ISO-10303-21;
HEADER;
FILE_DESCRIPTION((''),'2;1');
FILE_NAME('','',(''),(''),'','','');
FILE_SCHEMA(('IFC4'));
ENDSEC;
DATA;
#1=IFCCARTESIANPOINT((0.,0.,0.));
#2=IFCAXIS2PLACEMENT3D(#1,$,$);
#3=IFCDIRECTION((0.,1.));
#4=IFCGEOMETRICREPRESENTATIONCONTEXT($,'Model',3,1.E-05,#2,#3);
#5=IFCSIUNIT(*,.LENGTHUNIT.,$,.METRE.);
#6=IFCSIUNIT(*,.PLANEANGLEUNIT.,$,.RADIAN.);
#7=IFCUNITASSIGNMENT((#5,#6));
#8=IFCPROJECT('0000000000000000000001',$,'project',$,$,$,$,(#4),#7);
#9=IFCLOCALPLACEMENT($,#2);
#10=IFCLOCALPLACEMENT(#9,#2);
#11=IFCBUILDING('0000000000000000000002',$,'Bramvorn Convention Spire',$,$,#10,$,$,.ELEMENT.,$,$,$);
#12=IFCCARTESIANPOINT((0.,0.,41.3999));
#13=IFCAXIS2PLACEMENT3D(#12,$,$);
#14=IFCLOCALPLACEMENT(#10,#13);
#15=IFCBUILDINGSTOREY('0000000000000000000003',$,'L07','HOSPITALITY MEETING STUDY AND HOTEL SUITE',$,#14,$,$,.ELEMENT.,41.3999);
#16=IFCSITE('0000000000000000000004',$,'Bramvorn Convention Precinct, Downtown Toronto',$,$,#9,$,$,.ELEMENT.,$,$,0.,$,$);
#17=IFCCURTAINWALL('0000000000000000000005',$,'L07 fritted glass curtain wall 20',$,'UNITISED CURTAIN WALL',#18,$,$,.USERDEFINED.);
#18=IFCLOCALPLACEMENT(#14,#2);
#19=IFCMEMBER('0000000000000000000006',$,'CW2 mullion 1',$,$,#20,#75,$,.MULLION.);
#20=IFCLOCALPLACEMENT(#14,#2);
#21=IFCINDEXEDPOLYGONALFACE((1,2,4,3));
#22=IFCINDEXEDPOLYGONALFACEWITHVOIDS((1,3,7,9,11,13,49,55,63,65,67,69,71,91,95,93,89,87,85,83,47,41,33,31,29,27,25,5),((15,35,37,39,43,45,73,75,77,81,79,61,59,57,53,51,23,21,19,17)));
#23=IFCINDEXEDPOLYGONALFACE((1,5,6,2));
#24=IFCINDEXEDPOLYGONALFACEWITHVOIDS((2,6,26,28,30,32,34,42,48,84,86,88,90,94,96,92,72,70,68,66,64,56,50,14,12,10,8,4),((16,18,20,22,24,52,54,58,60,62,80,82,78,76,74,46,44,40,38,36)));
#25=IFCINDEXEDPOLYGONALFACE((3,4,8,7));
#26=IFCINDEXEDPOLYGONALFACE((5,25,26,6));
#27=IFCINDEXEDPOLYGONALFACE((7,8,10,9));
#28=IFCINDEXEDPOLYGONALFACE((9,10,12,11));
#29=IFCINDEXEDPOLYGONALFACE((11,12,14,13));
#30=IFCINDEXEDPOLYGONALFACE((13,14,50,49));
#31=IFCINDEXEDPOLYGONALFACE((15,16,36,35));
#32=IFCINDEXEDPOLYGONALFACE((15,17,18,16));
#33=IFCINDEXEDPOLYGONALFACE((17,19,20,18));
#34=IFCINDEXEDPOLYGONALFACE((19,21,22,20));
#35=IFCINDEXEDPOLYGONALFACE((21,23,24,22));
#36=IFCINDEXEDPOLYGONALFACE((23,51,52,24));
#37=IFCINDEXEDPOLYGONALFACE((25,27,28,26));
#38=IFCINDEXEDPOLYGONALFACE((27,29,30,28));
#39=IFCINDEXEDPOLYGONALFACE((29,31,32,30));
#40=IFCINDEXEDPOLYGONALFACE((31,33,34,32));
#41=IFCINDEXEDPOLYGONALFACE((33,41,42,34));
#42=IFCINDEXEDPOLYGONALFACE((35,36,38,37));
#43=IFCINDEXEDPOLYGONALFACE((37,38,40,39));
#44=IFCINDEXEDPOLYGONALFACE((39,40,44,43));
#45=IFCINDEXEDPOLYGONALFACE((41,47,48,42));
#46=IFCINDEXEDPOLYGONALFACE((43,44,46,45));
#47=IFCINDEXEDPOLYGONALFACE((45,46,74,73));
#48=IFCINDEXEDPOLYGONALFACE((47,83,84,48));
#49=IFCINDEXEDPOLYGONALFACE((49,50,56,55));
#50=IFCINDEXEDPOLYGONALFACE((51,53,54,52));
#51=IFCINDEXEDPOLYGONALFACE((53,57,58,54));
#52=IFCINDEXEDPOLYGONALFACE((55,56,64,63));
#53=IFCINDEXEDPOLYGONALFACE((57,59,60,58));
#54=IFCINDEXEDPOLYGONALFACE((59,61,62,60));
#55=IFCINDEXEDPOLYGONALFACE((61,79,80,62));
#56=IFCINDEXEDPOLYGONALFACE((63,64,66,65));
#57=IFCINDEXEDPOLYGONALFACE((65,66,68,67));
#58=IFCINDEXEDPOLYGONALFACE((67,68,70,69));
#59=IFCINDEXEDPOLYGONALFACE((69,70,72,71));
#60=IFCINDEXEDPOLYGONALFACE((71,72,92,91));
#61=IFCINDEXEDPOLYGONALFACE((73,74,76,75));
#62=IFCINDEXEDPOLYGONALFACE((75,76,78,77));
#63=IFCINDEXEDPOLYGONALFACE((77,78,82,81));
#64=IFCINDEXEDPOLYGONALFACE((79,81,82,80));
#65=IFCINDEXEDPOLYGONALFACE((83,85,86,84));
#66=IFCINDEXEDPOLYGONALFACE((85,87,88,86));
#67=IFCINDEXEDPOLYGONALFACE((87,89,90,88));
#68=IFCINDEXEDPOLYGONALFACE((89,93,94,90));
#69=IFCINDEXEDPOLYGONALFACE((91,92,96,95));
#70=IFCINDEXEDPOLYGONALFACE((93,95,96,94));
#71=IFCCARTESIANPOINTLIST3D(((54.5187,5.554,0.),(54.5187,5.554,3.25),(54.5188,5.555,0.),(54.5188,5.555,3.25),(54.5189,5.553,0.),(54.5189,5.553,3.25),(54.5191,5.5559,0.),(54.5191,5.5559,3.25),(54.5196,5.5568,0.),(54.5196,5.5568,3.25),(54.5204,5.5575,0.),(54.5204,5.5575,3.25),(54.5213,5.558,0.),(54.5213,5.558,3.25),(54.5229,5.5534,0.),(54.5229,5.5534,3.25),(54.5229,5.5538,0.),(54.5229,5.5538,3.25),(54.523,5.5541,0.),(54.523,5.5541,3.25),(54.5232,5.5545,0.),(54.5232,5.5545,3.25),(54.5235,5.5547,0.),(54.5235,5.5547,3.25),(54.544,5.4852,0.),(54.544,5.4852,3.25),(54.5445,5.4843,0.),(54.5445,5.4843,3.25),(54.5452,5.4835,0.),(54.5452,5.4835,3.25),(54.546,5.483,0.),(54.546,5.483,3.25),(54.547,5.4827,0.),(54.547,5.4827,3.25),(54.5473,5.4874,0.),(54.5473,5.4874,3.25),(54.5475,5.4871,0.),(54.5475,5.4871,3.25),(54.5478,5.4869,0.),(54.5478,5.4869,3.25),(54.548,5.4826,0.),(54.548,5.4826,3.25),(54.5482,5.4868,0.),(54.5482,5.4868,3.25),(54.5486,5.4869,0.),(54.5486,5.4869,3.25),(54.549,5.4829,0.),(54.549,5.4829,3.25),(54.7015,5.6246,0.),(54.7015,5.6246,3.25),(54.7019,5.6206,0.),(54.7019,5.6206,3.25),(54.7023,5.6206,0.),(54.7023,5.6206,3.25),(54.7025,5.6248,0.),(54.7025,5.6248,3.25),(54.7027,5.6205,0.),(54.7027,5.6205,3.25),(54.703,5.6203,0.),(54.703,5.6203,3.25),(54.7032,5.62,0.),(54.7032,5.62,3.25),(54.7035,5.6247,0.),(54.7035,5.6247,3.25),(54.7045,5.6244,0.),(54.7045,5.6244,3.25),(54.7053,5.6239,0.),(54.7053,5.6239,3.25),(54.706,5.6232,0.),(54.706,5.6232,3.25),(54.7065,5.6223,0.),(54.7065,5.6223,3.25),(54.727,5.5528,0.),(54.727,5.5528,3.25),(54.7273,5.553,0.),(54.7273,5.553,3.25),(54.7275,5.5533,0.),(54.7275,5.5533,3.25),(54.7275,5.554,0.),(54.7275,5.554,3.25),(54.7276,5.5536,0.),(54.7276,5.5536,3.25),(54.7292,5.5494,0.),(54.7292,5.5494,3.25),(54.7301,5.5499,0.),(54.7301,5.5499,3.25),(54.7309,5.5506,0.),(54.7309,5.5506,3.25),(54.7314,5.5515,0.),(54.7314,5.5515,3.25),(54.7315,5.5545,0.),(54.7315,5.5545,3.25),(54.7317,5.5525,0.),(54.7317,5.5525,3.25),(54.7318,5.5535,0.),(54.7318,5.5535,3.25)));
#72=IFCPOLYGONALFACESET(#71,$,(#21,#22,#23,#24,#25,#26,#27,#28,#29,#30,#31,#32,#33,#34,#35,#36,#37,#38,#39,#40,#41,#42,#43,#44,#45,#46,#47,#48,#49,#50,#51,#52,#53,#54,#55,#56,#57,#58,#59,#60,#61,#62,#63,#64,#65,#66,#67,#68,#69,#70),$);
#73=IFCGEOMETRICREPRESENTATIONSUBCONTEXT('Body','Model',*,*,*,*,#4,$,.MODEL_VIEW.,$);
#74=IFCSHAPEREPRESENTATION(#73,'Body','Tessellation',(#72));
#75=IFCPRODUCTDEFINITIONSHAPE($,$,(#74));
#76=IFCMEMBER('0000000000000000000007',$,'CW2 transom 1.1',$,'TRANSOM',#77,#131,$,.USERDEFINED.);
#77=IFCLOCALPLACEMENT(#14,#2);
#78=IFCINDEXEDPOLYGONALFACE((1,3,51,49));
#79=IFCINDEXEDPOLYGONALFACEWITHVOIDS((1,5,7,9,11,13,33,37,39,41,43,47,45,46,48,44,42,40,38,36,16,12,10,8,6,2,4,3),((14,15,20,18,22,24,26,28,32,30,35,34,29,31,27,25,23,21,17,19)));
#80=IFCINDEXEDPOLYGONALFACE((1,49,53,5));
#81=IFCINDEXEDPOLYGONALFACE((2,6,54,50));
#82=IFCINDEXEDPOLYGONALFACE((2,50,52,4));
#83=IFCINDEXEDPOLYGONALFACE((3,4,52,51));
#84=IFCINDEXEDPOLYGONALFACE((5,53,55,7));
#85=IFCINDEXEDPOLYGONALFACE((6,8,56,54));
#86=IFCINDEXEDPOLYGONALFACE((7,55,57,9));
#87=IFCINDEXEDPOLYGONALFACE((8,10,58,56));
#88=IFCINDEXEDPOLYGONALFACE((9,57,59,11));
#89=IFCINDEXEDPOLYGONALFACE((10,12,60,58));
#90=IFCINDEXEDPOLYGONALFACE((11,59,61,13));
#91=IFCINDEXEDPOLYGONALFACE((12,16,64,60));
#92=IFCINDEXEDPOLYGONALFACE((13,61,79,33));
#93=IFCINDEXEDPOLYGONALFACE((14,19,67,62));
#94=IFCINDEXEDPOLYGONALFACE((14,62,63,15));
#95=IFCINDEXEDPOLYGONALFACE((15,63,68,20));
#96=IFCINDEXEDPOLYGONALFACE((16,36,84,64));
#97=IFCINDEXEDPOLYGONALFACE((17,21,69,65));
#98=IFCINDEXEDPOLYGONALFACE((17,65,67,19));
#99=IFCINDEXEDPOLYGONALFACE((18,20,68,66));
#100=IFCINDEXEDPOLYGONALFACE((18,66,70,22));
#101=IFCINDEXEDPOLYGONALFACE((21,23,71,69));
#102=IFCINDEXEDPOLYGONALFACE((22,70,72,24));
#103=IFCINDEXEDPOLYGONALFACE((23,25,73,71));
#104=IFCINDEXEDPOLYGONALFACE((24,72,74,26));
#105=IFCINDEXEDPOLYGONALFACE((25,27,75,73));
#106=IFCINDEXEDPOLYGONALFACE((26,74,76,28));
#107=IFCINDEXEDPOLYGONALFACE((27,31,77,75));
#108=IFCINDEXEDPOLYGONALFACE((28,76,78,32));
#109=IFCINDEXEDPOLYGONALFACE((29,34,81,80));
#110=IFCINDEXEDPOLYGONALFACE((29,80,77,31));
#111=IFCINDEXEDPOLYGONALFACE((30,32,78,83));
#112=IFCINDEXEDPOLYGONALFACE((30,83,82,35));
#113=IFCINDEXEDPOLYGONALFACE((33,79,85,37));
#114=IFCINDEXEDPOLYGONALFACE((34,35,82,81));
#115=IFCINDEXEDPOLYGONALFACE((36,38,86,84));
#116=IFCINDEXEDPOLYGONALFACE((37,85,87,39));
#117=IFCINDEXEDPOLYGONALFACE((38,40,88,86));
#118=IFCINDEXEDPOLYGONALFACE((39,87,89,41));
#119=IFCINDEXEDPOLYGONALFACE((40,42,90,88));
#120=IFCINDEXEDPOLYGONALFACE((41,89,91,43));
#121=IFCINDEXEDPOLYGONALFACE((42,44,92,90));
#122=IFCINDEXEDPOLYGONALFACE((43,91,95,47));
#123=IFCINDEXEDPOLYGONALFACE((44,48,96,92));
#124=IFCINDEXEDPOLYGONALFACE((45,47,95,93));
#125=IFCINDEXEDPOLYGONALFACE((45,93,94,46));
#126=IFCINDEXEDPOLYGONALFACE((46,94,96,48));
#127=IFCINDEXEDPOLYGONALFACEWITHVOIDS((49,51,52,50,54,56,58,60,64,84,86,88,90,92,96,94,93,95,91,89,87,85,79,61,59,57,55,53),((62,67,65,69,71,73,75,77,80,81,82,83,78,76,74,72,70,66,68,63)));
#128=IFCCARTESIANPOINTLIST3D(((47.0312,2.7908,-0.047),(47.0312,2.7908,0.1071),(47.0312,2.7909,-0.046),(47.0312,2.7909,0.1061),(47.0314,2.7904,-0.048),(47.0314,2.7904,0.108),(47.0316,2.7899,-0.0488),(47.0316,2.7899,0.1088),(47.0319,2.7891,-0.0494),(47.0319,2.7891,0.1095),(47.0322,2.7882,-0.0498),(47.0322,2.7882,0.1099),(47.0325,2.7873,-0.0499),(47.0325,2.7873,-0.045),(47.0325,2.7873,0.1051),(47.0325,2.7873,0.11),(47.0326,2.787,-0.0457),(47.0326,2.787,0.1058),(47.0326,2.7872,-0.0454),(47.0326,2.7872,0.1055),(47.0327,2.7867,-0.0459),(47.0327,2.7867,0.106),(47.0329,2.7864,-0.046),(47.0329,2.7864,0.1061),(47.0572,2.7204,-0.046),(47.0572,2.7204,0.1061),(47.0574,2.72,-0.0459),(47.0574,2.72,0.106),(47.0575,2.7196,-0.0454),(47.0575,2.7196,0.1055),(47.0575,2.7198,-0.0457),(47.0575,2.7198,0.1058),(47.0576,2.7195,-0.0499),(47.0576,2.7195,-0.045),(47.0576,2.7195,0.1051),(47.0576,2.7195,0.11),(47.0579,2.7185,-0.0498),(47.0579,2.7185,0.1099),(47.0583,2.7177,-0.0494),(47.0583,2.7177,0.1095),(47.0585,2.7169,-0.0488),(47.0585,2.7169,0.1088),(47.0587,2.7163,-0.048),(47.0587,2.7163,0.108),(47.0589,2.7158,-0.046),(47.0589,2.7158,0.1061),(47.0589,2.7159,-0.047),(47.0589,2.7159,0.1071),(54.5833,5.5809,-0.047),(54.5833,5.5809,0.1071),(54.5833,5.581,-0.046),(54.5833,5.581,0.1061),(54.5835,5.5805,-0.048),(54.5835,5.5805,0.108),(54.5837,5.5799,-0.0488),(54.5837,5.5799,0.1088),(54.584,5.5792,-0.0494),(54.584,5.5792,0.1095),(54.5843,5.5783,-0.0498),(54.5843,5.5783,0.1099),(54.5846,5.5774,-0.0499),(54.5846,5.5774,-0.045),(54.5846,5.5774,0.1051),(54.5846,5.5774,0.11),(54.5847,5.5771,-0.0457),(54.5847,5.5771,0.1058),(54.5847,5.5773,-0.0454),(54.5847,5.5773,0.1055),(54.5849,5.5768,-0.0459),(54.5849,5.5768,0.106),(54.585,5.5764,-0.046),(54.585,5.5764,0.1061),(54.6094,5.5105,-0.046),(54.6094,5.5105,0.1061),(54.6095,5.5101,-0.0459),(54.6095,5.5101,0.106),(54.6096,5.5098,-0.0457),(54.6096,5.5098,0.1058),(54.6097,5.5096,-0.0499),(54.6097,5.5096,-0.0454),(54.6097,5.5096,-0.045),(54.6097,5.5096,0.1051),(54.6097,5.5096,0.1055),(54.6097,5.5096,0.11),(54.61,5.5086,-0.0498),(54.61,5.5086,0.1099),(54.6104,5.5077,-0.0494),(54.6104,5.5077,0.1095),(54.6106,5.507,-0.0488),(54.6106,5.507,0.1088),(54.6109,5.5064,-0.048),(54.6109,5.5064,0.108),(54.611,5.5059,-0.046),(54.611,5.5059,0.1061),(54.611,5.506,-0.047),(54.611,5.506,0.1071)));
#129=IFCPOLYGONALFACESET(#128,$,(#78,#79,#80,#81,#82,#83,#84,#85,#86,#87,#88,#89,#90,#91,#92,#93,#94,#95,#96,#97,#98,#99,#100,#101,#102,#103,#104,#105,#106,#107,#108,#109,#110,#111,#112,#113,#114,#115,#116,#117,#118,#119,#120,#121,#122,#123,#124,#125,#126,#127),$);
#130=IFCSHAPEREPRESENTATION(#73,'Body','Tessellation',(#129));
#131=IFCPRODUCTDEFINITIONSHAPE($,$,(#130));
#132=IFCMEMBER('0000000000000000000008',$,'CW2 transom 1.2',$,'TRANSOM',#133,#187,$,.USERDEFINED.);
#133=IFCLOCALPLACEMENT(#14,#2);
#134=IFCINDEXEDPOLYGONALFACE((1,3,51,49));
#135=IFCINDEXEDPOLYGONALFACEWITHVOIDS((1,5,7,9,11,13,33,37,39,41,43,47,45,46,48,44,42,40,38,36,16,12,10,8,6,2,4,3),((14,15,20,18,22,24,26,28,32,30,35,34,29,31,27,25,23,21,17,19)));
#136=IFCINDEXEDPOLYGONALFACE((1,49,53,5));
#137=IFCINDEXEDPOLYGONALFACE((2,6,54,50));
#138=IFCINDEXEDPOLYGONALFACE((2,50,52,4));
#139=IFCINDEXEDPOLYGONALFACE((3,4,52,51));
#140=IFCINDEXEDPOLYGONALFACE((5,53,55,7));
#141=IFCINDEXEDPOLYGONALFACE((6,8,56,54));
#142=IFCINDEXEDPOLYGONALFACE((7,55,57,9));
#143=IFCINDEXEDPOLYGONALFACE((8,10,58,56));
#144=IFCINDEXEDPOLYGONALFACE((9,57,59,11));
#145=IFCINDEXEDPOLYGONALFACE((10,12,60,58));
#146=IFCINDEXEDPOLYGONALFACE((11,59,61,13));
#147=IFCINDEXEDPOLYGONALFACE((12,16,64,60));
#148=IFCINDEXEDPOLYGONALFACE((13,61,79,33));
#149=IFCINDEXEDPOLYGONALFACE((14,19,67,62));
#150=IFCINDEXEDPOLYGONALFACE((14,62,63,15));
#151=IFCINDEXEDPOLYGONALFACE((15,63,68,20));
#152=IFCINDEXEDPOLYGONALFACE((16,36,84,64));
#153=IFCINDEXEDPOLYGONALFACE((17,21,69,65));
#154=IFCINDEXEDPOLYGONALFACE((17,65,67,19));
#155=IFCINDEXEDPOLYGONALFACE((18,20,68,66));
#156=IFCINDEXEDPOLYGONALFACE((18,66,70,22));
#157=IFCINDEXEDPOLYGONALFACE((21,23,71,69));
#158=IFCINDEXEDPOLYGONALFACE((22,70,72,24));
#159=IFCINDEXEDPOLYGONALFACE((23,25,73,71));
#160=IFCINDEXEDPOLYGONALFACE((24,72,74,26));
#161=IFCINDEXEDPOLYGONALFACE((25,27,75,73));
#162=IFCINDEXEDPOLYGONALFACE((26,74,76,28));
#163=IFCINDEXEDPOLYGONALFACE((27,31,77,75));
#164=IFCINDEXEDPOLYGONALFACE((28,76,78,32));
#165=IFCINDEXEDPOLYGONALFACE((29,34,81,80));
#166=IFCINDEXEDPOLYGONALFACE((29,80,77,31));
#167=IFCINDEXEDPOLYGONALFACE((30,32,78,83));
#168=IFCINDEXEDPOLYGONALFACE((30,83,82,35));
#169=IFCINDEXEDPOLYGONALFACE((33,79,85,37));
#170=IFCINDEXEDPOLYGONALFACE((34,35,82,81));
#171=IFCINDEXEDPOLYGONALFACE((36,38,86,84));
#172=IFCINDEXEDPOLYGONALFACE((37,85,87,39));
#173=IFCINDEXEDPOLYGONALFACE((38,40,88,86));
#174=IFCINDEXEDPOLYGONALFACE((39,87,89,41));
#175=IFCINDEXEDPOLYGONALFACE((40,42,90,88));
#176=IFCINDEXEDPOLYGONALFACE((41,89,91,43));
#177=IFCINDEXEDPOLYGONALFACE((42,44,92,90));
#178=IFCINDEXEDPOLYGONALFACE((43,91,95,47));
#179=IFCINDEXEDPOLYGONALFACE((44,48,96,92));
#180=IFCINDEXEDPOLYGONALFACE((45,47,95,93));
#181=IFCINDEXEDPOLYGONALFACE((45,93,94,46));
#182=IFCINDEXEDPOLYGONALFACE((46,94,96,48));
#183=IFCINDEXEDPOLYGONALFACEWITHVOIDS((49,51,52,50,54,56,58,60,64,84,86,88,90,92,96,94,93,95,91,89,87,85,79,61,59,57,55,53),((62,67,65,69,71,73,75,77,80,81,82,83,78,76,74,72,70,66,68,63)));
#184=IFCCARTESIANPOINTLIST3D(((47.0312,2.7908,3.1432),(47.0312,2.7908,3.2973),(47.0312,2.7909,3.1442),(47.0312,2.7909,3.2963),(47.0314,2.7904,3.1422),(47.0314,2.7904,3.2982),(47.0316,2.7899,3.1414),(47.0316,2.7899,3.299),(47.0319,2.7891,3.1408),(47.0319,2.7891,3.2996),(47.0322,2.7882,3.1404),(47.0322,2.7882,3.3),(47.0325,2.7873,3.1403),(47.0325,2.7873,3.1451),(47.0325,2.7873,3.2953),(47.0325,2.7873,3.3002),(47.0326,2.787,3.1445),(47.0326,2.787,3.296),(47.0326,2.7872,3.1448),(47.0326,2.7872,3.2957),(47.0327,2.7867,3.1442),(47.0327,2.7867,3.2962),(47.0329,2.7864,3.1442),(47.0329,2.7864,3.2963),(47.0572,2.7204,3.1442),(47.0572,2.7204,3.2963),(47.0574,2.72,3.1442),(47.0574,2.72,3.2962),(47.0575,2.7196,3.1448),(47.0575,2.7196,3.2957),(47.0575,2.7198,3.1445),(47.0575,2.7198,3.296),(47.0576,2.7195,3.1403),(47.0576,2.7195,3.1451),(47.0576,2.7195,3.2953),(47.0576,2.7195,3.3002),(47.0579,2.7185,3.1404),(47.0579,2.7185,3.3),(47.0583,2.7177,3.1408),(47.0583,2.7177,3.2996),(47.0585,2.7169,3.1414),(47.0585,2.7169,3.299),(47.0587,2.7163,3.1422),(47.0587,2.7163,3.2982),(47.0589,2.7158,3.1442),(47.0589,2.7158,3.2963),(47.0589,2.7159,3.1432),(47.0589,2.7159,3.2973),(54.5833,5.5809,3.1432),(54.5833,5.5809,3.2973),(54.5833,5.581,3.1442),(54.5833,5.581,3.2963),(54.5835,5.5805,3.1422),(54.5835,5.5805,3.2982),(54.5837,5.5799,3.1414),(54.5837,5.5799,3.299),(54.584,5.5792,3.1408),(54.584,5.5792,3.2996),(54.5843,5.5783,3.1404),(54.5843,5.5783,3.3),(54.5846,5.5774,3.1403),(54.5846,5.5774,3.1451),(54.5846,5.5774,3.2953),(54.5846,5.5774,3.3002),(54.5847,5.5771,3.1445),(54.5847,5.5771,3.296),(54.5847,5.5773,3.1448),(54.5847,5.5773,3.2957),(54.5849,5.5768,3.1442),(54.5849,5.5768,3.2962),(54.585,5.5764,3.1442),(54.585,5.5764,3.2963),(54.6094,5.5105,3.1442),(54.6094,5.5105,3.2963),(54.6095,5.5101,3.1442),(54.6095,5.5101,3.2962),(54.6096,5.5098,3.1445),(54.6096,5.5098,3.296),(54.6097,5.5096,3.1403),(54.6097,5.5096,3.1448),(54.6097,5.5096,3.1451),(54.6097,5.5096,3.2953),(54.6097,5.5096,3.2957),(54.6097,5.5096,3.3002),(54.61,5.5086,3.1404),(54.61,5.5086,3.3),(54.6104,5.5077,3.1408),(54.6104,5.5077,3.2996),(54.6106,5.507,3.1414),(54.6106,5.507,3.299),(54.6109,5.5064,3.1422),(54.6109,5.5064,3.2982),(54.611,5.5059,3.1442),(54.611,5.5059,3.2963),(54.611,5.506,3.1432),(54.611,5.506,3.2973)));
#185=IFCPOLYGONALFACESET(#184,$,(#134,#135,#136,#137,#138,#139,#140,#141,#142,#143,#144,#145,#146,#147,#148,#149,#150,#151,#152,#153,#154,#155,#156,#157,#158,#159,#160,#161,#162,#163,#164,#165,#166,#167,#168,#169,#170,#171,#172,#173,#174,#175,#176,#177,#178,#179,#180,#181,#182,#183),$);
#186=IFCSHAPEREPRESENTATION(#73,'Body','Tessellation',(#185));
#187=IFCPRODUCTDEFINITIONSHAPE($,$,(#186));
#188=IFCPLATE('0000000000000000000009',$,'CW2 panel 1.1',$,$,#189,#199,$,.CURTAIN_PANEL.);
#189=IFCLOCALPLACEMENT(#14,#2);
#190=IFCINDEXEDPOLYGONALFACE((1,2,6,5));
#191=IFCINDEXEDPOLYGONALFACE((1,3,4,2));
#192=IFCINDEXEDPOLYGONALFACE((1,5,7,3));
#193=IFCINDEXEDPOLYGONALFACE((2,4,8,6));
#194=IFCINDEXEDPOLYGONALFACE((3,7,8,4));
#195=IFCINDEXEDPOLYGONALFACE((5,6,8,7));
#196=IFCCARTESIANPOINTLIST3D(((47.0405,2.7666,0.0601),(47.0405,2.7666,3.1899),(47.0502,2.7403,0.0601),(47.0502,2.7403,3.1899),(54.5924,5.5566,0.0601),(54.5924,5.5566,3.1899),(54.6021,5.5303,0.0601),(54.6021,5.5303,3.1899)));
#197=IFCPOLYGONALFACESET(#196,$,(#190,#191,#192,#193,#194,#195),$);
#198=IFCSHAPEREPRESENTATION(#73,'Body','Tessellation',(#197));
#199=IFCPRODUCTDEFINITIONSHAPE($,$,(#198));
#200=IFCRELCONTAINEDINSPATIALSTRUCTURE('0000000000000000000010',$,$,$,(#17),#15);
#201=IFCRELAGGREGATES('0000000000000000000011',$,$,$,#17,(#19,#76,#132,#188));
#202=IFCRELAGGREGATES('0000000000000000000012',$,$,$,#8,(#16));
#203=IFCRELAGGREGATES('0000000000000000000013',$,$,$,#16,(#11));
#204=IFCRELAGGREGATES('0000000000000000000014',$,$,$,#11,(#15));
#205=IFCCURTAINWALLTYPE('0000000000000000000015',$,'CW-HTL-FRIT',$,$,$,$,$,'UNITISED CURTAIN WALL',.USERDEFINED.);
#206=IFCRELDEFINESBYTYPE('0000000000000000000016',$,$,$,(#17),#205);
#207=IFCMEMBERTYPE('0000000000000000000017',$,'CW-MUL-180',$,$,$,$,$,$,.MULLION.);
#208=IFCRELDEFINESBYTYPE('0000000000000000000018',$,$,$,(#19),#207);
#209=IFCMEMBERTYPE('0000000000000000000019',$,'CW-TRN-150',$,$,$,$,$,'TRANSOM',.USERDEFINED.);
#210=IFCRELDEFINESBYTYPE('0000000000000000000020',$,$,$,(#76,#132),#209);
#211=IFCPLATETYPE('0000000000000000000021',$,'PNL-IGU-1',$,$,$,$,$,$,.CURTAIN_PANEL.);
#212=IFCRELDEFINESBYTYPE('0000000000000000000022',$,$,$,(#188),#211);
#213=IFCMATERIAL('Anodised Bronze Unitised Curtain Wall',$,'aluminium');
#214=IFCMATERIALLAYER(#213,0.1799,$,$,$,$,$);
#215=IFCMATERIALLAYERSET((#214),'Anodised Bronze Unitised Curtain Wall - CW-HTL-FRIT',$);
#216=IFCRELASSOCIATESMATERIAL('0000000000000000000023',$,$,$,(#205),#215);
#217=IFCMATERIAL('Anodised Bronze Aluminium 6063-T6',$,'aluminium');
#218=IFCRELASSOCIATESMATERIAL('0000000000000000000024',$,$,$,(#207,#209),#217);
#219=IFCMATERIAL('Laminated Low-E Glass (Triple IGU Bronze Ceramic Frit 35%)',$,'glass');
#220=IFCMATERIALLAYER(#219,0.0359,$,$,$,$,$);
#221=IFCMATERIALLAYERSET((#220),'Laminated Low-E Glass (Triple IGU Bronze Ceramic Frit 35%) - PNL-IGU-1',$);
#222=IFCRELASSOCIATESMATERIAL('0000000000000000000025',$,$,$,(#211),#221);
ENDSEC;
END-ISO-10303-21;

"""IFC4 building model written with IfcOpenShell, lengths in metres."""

from ifc_helpers import new_model, si_unit, direction, frame, origin, origin_2d, place, context, subcontext, project, spatial, rectangle, hollow_rectangle, extrude, material, layer, layer_set, material_profile, profile_set, type_object, element, aggregate, save


model = new_model("IFC4")

# Units and contexts
model_context = context("Model", 3, precision=1e-05, world=origin(), true_north=direction((0.0, 1.0)))
body_context = subcontext(model_context, "Body", "Model", "MODEL_VIEW")
ifc_project = project(units=[si_unit("LENGTHUNIT", "METRE"), si_unit("PLANEANGLEUNIT", "RADIAN")], contexts=[model_context])

# Site, building, storey
site_placement = place(None, origin())
site = spatial("IfcSite", under=ifc_project, at=site_placement, Name="Bramvorn Convention Precinct, Downtown Toronto", CompositionType="ELEMENT", RefElevation=0.0)
building_placement = place(site_placement, origin())
building = spatial("IfcBuilding", under=site, at=building_placement, Name="Bramvorn Convention Spire", CompositionType="ELEMENT")
storey_placement = place(building_placement, frame((0.0, 0.0, 41.3999)))
storey = spatial("IfcBuildingStorey", under=building, at=storey_placement, Name="L07", Description="HOSPITALITY MEETING STUDY AND HOTEL SUITE", CompositionType="ELEMENT", Elevation=41.3999)

# Curtain wall, members, plate
ifc_material_1 = material(Name="Anodised Bronze Unitised Curtain Wall", Category="aluminium")
ifc_layer_1 = layer(ifc_material_1, 0.1799)
ifc_layer_set_1 = layer_set([ifc_layer_1], Name="Anodised Bronze Unitised Curtain Wall - CW-HTL-FRIT")
curtain_wall_type = type_object("IfcCurtainWallType", Name="CW-HTL-FRIT", ElementType="UNITISED CURTAIN WALL", PredefinedType="USERDEFINED", material=ifc_layer_set_1)
curtain_wall_placement = place(storey_placement, origin())
curtain_wall = element("IfcCurtainWall", 1, at=curtain_wall_placement, inside=storey, type_object=curtain_wall_type, Name="L07 fritted glass curtain wall 20", ObjectType="UNITISED CURTAIN WALL", PredefinedType="USERDEFINED")
ifc_material_2 = material(Name="Anodised Bronze Aluminium 6063-T6", Category="aluminium")
ifc_material_profile_1 = material_profile(ifc_material_2, hollow_rectangle(XDim=0.0801, YDim=0.2, WallThickness=0.0039, InnerFilletRadius=0.001, OuterFilletRadius=0.0039, at=origin_2d()))
ifc_profile_set_1 = profile_set([ifc_material_profile_1], Name="Anodised Bronze Aluminium 6063-T6 - CWM80X200")
member_type_1 = type_object("IfcMemberType", Name="CW-MUL-180", PredefinedType="MULLION", material=ifc_profile_set_1)
member_1_placement = place(storey_placement, frame((54.6252, 5.5537, 0.0), z_axis=(0.0, 0.0, 1.0), x_axis=(0.34655, -0.938032, 0.0)))
member_1 = element("IfcMember", 2, at=member_1_placement, type_object=member_type_1, Name="CW2 mullion 1", PredefinedType="MULLION", context=body_context, shape_type="SweptSolid", body=[
    extrude(hollow_rectangle(XDim=0.0801, YDim=0.2, WallThickness=0.0039, InnerFilletRadius=0.001, OuterFilletRadius=0.0039, at=origin_2d()), origin(), (0.0, 0.0, 1.0), 3.25),
])
ifc_material_profile_2 = material_profile(ifc_material_2, hollow_rectangle(XDim=0.0801, YDim=0.1599, WallThickness=0.0039, InnerFilletRadius=0.001, OuterFilletRadius=0.0039, at=origin_2d()))
ifc_profile_set_2 = profile_set([ifc_material_profile_2], Name="Anodised Bronze Aluminium 6063-T6 - CWT80X160")
member_type_2 = type_object("IfcMemberType", Name="CW-TRN-150", ElementType="TRANSOM", PredefinedType="USERDEFINED", material=ifc_profile_set_2)
member_2_placement = place(storey_placement, frame((54.5972, 5.5435, 0.03), z_axis=(-0.938032, -0.34655, 0.0), x_axis=(0.34655, -0.938032, 0.0)))
member_2 = element("IfcMember", 3, at=member_2_placement, type_object=member_type_2, Name="CW2 transom 1.1", ObjectType="TRANSOM", PredefinedType="USERDEFINED", context=body_context, shape_type="SweptSolid", body=[
    extrude(hollow_rectangle(XDim=0.0801, YDim=0.1599, WallThickness=0.0039, InnerFilletRadius=0.001, OuterFilletRadius=0.0039, at=origin_2d()), origin(), (0.0, 0.0, 1.0), 8.051),
])
member_3_placement = place(storey_placement, frame((54.5972, 5.5435, 3.2202), z_axis=(-0.938032, -0.34655, 0.0), x_axis=(0.34655, -0.938032, 0.0)))
member_3 = element("IfcMember", 4, at=member_3_placement, type_object=member_type_2, Name="CW2 transom 1.2", ObjectType="TRANSOM", PredefinedType="USERDEFINED", context=body_context, shape_type="SweptSolid", body=[
    extrude(hollow_rectangle(XDim=0.0801, YDim=0.1599, WallThickness=0.0039, InnerFilletRadius=0.001, OuterFilletRadius=0.0039, at=origin_2d()), origin(), (0.0, 0.0, 1.0), 8.051),
])
ifc_material_3 = material(Name="Laminated Low-E Glass (Triple IGU Bronze Ceramic Frit 35%)", Category="glass")
ifc_layer_2 = layer(ifc_material_3, 0.0359)
ifc_layer_set_2 = layer_set([ifc_layer_2], Name="Laminated Low-E Glass (Triple IGU Bronze Ceramic Frit 35%) - PNL-IGU-1")
plate_type = type_object("IfcPlateType", Name="PNL-IGU-1", PredefinedType="CURTAIN_PANEL", material=ifc_layer_set_2)
plate_placement = place(storey_placement, frame((50.8213, 4.1484, 0.0601), z_axis=(0.0, 0.0, 1.0), x_axis=(-0.938032, -0.34655, 0.0)))
plate = element("IfcPlate", 5, at=plate_placement, type_object=plate_type, Name="CW2 panel 1.1", PredefinedType="CURTAIN_PANEL", context=body_context, shape_type="SweptSolid", body=[
    extrude(rectangle(XDim=8.0508, YDim=0.0281, at=origin_2d()), origin(), (0.0, 0.0, 1.0), 3.1299),
])
aggregate(curtain_wall, [member_1, member_2, member_3, plate])

save(model, "model.ifc")
